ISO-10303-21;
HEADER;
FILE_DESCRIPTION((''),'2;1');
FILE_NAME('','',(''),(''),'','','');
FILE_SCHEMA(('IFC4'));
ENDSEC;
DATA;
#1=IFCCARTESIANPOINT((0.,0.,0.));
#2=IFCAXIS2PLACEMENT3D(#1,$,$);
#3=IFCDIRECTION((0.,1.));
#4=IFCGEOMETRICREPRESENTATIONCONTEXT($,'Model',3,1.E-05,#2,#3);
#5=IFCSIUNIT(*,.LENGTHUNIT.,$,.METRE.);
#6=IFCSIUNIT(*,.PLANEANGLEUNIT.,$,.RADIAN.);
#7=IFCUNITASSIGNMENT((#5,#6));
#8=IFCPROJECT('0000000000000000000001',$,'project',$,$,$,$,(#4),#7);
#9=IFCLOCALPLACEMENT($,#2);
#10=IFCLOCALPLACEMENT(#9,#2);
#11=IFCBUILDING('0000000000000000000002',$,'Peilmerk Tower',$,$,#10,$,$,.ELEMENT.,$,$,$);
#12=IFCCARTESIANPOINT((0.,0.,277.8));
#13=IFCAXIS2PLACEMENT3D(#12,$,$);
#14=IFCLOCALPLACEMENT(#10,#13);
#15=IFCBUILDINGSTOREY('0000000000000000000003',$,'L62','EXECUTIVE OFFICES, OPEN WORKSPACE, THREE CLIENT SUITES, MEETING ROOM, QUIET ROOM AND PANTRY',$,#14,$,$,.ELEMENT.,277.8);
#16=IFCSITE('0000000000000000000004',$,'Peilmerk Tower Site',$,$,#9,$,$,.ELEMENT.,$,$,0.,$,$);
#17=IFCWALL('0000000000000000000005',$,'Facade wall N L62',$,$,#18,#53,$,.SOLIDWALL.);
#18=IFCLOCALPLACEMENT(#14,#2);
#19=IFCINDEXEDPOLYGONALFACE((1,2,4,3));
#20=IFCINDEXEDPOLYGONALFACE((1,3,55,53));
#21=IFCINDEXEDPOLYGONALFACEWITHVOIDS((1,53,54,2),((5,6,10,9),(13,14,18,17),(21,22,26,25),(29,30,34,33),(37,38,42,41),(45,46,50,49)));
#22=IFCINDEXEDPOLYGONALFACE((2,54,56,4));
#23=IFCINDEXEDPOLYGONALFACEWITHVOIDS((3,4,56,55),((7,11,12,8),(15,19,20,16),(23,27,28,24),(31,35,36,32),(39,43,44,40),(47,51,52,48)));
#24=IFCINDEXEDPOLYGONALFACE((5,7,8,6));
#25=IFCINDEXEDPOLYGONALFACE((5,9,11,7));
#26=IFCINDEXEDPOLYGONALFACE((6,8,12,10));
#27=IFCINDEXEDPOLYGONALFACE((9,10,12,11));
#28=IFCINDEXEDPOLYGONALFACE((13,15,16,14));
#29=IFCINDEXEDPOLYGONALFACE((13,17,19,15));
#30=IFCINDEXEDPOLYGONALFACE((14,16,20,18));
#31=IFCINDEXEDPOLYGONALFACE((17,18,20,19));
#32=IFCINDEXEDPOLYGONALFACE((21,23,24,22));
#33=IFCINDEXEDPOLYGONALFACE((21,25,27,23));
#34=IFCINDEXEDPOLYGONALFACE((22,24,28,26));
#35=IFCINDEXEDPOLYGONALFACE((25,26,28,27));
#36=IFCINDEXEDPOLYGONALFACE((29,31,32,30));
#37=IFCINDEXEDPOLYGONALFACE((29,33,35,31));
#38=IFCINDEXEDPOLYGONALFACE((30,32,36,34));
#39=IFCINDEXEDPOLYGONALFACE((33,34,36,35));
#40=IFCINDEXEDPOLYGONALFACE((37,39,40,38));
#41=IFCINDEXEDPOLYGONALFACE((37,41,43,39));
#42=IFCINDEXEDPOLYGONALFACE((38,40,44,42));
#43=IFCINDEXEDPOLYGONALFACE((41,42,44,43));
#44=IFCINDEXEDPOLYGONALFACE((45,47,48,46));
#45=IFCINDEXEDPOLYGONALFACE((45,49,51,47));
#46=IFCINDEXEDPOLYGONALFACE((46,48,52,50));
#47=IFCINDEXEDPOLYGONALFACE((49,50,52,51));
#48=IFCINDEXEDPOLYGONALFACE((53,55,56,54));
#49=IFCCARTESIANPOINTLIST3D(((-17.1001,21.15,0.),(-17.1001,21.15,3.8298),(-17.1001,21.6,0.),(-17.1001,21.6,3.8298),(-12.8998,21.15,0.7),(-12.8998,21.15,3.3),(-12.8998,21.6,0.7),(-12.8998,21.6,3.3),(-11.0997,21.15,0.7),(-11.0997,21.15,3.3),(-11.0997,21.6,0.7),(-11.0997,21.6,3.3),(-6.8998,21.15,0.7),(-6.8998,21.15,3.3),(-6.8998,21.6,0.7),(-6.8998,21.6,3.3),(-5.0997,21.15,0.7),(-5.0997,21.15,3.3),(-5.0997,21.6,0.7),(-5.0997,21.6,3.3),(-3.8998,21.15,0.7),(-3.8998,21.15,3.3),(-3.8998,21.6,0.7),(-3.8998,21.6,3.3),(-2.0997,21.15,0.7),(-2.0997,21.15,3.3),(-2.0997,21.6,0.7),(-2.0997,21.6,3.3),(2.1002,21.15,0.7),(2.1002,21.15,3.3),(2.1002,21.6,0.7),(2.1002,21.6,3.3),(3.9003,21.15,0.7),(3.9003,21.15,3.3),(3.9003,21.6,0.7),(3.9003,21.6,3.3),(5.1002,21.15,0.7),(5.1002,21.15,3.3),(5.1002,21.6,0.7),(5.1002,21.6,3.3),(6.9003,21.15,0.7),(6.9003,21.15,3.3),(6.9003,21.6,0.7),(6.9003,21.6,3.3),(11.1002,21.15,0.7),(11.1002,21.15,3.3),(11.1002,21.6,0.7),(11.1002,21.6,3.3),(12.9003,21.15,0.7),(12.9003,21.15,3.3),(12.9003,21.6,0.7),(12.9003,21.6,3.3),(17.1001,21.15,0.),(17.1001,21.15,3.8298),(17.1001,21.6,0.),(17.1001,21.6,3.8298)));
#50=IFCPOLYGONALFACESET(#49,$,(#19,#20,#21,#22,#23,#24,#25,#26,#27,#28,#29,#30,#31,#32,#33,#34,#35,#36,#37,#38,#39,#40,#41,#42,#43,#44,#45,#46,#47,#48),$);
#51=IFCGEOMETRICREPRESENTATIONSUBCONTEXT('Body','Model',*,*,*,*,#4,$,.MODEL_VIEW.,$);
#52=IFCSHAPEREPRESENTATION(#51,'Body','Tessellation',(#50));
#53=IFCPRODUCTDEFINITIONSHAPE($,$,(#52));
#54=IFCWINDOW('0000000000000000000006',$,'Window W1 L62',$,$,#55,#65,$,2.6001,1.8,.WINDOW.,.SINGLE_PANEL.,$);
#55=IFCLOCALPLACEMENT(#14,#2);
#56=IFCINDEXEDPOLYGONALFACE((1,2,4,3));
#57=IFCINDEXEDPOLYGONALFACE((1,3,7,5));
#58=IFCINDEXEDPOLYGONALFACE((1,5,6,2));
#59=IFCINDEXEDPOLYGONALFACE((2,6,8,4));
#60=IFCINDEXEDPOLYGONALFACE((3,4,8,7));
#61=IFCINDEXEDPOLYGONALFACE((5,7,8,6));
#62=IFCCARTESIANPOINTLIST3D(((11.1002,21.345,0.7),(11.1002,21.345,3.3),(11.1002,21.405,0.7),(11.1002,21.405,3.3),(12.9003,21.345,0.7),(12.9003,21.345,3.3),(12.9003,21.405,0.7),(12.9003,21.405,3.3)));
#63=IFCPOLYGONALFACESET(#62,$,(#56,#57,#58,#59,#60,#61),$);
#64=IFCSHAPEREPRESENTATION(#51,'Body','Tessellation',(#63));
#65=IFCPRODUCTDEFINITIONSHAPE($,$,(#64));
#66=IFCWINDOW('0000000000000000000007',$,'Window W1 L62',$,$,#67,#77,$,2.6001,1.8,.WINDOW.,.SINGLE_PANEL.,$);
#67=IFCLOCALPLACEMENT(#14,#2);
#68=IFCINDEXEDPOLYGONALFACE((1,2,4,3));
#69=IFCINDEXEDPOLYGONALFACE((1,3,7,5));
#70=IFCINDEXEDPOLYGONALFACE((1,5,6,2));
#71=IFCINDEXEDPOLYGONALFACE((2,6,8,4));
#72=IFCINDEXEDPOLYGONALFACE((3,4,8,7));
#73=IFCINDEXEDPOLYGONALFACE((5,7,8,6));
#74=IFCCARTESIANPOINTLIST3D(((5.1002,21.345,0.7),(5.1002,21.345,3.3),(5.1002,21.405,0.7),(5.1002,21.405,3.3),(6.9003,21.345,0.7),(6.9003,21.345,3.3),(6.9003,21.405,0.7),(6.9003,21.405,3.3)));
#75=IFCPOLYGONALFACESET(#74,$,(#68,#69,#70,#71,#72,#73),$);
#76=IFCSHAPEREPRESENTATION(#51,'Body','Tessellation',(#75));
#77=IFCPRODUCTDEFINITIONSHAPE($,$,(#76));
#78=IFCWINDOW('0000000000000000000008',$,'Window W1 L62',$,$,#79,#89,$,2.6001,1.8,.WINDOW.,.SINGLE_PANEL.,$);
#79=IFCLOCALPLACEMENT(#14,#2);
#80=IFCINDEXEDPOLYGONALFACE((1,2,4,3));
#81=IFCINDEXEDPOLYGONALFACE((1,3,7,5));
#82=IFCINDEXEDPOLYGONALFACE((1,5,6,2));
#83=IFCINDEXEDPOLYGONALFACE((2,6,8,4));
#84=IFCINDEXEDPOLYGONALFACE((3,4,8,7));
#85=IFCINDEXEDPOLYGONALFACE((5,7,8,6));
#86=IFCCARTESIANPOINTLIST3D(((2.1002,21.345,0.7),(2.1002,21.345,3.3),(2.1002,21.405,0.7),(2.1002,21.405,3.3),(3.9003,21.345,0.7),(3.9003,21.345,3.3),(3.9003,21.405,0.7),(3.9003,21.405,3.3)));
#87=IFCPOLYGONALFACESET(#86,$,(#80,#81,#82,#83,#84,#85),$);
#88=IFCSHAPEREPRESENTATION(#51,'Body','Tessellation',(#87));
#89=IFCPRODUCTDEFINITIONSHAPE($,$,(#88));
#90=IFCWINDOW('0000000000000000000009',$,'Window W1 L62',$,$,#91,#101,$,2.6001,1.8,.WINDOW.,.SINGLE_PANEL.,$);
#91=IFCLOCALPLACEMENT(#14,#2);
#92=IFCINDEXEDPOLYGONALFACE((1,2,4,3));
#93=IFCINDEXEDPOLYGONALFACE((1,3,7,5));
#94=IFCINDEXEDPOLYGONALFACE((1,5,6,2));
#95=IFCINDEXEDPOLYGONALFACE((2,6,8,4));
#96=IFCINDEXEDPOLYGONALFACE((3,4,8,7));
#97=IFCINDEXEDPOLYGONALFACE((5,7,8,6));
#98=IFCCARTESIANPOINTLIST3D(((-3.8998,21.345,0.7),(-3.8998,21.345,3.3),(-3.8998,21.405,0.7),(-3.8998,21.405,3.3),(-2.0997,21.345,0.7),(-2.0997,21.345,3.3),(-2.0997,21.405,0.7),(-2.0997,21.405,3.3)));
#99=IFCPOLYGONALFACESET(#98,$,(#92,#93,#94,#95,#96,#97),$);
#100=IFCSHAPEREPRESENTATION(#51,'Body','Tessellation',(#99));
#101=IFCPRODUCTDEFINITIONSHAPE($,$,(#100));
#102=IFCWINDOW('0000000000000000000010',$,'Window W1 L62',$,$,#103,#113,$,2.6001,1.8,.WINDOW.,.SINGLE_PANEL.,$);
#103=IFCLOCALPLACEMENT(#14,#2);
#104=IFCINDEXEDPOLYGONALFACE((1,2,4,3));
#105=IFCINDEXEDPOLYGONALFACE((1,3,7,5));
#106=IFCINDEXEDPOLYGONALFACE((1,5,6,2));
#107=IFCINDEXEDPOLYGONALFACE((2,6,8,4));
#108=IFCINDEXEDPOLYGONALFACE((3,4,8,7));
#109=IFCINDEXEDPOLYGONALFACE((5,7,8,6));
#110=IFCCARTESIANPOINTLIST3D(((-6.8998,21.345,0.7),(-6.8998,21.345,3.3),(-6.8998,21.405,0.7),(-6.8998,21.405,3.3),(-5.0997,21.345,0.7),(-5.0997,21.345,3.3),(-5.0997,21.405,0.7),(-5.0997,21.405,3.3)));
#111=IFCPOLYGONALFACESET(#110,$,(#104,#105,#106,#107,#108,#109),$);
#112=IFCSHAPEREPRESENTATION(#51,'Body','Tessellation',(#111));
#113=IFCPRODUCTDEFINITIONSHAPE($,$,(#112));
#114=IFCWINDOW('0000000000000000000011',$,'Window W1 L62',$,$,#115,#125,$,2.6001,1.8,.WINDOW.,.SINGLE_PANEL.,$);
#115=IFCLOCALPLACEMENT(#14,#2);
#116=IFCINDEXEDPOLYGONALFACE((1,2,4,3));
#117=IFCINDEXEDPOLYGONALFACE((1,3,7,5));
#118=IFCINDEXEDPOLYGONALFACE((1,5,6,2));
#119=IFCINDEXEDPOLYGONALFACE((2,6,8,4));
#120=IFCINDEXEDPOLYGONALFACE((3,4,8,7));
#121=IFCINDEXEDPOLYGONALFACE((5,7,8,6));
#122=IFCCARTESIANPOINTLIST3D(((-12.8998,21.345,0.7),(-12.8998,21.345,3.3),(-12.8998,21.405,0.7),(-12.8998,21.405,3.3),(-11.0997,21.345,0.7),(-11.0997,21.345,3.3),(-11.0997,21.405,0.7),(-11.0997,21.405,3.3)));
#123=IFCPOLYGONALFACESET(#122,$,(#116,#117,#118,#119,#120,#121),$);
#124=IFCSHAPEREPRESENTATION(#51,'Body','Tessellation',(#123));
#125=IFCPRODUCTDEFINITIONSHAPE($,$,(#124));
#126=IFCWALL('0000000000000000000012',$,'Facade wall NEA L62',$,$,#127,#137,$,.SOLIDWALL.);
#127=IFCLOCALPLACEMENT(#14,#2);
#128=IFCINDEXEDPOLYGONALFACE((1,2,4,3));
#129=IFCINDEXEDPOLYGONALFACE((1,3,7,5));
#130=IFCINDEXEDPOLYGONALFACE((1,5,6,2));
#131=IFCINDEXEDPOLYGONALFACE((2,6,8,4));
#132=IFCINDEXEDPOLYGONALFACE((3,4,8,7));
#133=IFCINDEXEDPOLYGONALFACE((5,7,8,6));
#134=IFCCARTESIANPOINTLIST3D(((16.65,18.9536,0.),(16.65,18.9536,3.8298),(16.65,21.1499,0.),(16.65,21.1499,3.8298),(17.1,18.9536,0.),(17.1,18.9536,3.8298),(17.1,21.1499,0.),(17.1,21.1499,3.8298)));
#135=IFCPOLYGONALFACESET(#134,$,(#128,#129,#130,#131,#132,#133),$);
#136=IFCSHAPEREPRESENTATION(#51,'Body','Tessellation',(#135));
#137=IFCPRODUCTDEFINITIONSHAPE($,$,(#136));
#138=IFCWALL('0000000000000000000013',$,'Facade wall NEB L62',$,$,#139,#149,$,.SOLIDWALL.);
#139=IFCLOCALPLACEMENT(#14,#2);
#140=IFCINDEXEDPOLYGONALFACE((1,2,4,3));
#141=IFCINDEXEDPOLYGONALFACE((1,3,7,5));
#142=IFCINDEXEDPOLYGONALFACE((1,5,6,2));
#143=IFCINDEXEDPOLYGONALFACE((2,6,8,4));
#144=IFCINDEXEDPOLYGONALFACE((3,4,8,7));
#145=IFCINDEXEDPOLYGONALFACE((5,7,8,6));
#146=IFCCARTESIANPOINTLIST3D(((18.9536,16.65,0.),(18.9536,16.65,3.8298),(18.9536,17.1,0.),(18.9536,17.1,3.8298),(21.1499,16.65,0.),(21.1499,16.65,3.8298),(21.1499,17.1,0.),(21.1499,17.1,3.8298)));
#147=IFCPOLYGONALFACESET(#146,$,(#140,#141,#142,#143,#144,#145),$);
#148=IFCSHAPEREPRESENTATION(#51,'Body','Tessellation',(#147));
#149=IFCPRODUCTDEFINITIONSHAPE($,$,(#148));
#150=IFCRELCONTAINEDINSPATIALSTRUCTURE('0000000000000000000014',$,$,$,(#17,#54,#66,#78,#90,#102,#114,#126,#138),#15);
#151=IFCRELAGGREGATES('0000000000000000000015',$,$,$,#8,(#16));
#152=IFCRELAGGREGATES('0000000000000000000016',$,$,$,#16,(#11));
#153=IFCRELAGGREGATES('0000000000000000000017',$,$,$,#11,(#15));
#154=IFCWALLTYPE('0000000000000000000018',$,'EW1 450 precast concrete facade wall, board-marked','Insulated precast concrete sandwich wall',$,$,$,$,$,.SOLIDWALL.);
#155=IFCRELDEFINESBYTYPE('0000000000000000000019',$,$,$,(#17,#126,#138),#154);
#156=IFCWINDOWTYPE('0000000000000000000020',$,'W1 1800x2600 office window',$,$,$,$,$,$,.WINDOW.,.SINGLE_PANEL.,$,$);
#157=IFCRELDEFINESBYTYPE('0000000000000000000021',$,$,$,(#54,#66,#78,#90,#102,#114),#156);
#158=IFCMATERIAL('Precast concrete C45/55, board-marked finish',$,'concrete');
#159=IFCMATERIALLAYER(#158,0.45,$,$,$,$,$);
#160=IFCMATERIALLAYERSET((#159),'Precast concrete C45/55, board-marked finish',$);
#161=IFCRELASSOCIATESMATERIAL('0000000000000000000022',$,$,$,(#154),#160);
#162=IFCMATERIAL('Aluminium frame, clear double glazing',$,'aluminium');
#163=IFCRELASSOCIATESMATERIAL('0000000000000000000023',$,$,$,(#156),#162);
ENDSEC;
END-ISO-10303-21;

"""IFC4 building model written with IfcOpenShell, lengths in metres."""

from ifc_helpers import new_model, si_unit, direction, frame, frame_2d, origin, place, context, subcontext, project, spatial, rectangle, extrude, material, layer, layer_set, type_object, element, fill, save


model = new_model("IFC4")

# Units and contexts
model_context = context("Model", 3, precision=1e-05, world=origin(), true_north=direction((0.0, 1.0)))
body_context = subcontext(model_context, "Body", "Model", "MODEL_VIEW")
ifc_project = project(units=[si_unit("LENGTHUNIT", "METRE"), si_unit("PLANEANGLEUNIT", "RADIAN")], contexts=[model_context])

# Site, building, storey
site_placement = place(None, origin())
site = spatial("IfcSite", under=ifc_project, at=site_placement, Name="Peilmerk Tower Site", CompositionType="ELEMENT", RefElevation=0.0)
building_placement = place(site_placement, origin())
building = spatial("IfcBuilding", under=site, at=building_placement, Name="Peilmerk Tower", CompositionType="ELEMENT")
storey_placement = place(building_placement, frame((0.0, 0.0, 277.8)))
storey = spatial("IfcBuildingStorey", under=building, at=storey_placement, Name="L62", Description="EXECUTIVE OFFICES, OPEN WORKSPACE, THREE CLIENT SUITES, MEETING ROOM, QUIET ROOM AND PANTRY", CompositionType="ELEMENT", Elevation=277.8)

# Wall, openings, windows
ifc_material_1 = material(Name="Precast concrete C45/55, board-marked finish", Category="concrete")
ifc_layer_1 = layer(ifc_material_1, 0.45)
ifc_layer_set_1 = layer_set([ifc_layer_1], Name="Precast concrete C45/55, board-marked finish")
wall_type = type_object("IfcWallType", Name="EW1 450 precast concrete facade wall, board-marked", Description="Insulated precast concrete sandwich wall", PredefinedType="SOLIDWALL", material=ifc_layer_set_1)
wall_placement = place(storey_placement, frame((17.1001, 21.375, 0.0), z_axis=(0.0, 0.0, 1.0), x_axis=(-1.0, 0.0, 0.0)))
wall = element("IfcWall", 1, at=wall_placement, inside=storey, type_object=wall_type, Name="Facade wall N L62", PredefinedType="SOLIDWALL", context=body_context, shape_type="SweptSolid", body=[
    extrude(rectangle(XDim=34.2002, YDim=0.45, at=frame_2d((17.1001, 0.0))), origin(), (0.0, 0.0, 1.0), 3.8298),
])
opening_1_placement = place(wall_placement, frame((4.2, 0.0, 0.7)))
opening_1 = element("IfcOpeningElement", 2, at=opening_1_placement, cuts=wall, PredefinedType="OPENING", context=body_context, shape_type="SweptSolid", body=[
    extrude(rectangle(XDim=1.8, YDim=2.6001, at=frame_2d((0.8999, 1.3))), frame((0.0, 0.2349, 0.0), z_axis=(0.0, -1.0, 0.0), x_axis=(1.0, 0.0, 0.0)), (0.0, 0.0, 1.0), 0.47),
])
opening_2_placement = place(wall_placement, frame((10.2, 0.0, 0.7)))
opening_2 = element("IfcOpeningElement", 3, at=opening_2_placement, cuts=wall, PredefinedType="OPENING", context=body_context, shape_type="SweptSolid", body=[
    extrude(rectangle(XDim=1.8, YDim=2.6001, at=frame_2d((0.8999, 1.3))), frame((0.0, 0.2349, 0.0), z_axis=(0.0, -1.0, 0.0), x_axis=(1.0, 0.0, 0.0)), (0.0, 0.0, 1.0), 0.47),
])
opening_3_placement = place(wall_placement, frame((13.2, 0.0, 0.7)))
opening_3 = element("IfcOpeningElement", 4, at=opening_3_placement, cuts=wall, PredefinedType="OPENING", context=body_context, shape_type="SweptSolid", body=[
    extrude(rectangle(XDim=1.8, YDim=2.6001, at=frame_2d((0.8999, 1.3))), frame((0.0, 0.2349, 0.0), z_axis=(0.0, -1.0, 0.0), x_axis=(1.0, 0.0, 0.0)), (0.0, 0.0, 1.0), 0.47),
])
opening_4_placement = place(wall_placement, frame((19.2, 0.0, 0.7)))
opening_4 = element("IfcOpeningElement", 5, at=opening_4_placement, cuts=wall, PredefinedType="OPENING", context=body_context, shape_type="SweptSolid", body=[
    extrude(rectangle(XDim=1.8, YDim=2.6001, at=frame_2d((0.8999, 1.3))), frame((0.0, 0.2349, 0.0), z_axis=(0.0, -1.0, 0.0), x_axis=(1.0, 0.0, 0.0)), (0.0, 0.0, 1.0), 0.47),
])
opening_5_placement = place(wall_placement, frame((22.2, 0.0, 0.7)))
opening_5 = element("IfcOpeningElement", 6, at=opening_5_placement, cuts=wall, PredefinedType="OPENING", context=body_context, shape_type="SweptSolid", body=[
    extrude(rectangle(XDim=1.8, YDim=2.6001, at=frame_2d((0.8999, 1.3))), frame((0.0, 0.2349, 0.0), z_axis=(0.0, -1.0, 0.0), x_axis=(1.0, 0.0, 0.0)), (0.0, 0.0, 1.0), 0.47),
])
opening_6_placement = place(wall_placement, frame((28.2, 0.0, 0.7)))
opening_6 = element("IfcOpeningElement", 7, at=opening_6_placement, cuts=wall, PredefinedType="OPENING", context=body_context, shape_type="SweptSolid", body=[
    extrude(rectangle(XDim=1.8, YDim=2.6001, at=frame_2d((0.8999, 1.3))), frame((0.0, 0.2349, 0.0), z_axis=(0.0, -1.0, 0.0), x_axis=(1.0, 0.0, 0.0)), (0.0, 0.0, 1.0), 0.47),
])
ifc_material_2 = material(Name="Aluminium frame, clear double glazing", Category="aluminium")
window_type = type_object("IfcWindowType", Name="W1 1800x2600 office window", PartitioningType="SINGLE_PANEL", PredefinedType="WINDOW", material=ifc_material_2)
window_1_placement = place(opening_1_placement, origin())
window_1 = element("IfcWindow", 8, at=window_1_placement, inside=storey, type_object=window_type, Name="Window W1 L62", OverallHeight=2.6001, OverallWidth=1.8, PartitioningType="SINGLE_PANEL", PredefinedType="WINDOW", context=body_context, shape_type="SweptSolid", body=[
    extrude(rectangle(XDim=1.8, YDim=2.6001, at=frame_2d((0.8999, 1.3))), frame((0.0, 0.03, 0.0), z_axis=(0.0, -1.0, 0.0), x_axis=(1.0, 0.0, 0.0)), (0.0, 0.0, 1.0), 0.0601),
])
fill(opening_1, window_1)
window_2_placement = place(opening_2_placement, origin())
window_2 = element("IfcWindow", 9, at=window_2_placement, inside=storey, type_object=window_type, Name="Window W1 L62", OverallHeight=2.6001, OverallWidth=1.8, PartitioningType="SINGLE_PANEL", PredefinedType="WINDOW", context=body_context, shape_type="SweptSolid", body=[
    extrude(rectangle(XDim=1.8, YDim=2.6001, at=frame_2d((0.8999, 1.3))), frame((0.0, 0.03, 0.0), z_axis=(0.0, -1.0, 0.0), x_axis=(1.0, 0.0, 0.0)), (0.0, 0.0, 1.0), 0.0601),
])
fill(opening_2, window_2)
window_3_placement = place(opening_3_placement, origin())
window_3 = element("IfcWindow", 10, at=window_3_placement, inside=storey, type_object=window_type, Name="Window W1 L62", OverallHeight=2.6001, OverallWidth=1.8, PartitioningType="SINGLE_PANEL", PredefinedType="WINDOW", context=body_context, shape_type="SweptSolid", body=[
    extrude(rectangle(XDim=1.8, YDim=2.6001, at=frame_2d((0.8999, 1.3))), frame((0.0, 0.03, 0.0), z_axis=(0.0, -1.0, 0.0), x_axis=(1.0, 0.0, 0.0)), (0.0, 0.0, 1.0), 0.0601),
])
fill(opening_3, window_3)
window_4_placement = place(opening_4_placement, origin())
window_4 = element("IfcWindow", 11, at=window_4_placement, inside=storey, type_object=window_type, Name="Window W1 L62", OverallHeight=2.6001, OverallWidth=1.8, PartitioningType="SINGLE_PANEL", PredefinedType="WINDOW", context=body_context, shape_type="SweptSolid", body=[
    extrude(rectangle(XDim=1.8, YDim=2.6001, at=frame_2d((0.8999, 1.3))), frame((0.0, 0.03, 0.0), z_axis=(0.0, -1.0, 0.0), x_axis=(1.0, 0.0, 0.0)), (0.0, 0.0, 1.0), 0.0601),
])
fill(opening_4, window_4)
window_5_placement = place(opening_5_placement, origin())
window_5 = element("IfcWindow", 12, at=window_5_placement, inside=storey, type_object=window_type, Name="Window W1 L62", OverallHeight=2.6001, OverallWidth=1.8, PartitioningType="SINGLE_PANEL", PredefinedType="WINDOW", context=body_context, shape_type="SweptSolid", body=[
    extrude(rectangle(XDim=1.8, YDim=2.6001, at=frame_2d((0.8999, 1.3))), frame((0.0, 0.03, 0.0), z_axis=(0.0, -1.0, 0.0), x_axis=(1.0, 0.0, 0.0)), (0.0, 0.0, 1.0), 0.0601),
])
fill(opening_5, window_5)
window_6_placement = place(opening_6_placement, origin())
window_6 = element("IfcWindow", 13, at=window_6_placement, inside=storey, type_object=window_type, Name="Window W1 L62", OverallHeight=2.6001, OverallWidth=1.8, PartitioningType="SINGLE_PANEL", PredefinedType="WINDOW", context=body_context, shape_type="SweptSolid", body=[
    extrude(rectangle(XDim=1.8, YDim=2.6001, at=frame_2d((0.8999, 1.3))), frame((0.0, 0.03, 0.0), z_axis=(0.0, -1.0, 0.0), x_axis=(1.0, 0.0, 0.0)), (0.0, 0.0, 1.0), 0.0601),
])
fill(opening_6, window_6)

# Walls
for number, where, z_axis, x_axis, name in (
    (14, (16.875, 18.9536, 0.0), (0.0, 0.0, 1.0), (0.0, 1.0, 0.0), "Facade wall NEA L62"),
    (15, (18.9536, 16.875, 0.0), (0.0, 0.0, 1.0), (1.0, 0.0, 0.0), "Facade wall NEB L62"),
):
    element("IfcWall", number, at=place(storey_placement, frame(where, z_axis=z_axis, x_axis=x_axis)), inside=storey, type_object=wall_type, Name=name, PredefinedType="SOLIDWALL", context=body_context, shape_type="SweptSolid", body=[
        extrude(rectangle(XDim=2.1963, YDim=0.45, at=frame_2d((1.0981, 0.0))), origin(), (0.0, 0.0, 1.0), 3.8298),
    ])

save(model, "model.ifc")
